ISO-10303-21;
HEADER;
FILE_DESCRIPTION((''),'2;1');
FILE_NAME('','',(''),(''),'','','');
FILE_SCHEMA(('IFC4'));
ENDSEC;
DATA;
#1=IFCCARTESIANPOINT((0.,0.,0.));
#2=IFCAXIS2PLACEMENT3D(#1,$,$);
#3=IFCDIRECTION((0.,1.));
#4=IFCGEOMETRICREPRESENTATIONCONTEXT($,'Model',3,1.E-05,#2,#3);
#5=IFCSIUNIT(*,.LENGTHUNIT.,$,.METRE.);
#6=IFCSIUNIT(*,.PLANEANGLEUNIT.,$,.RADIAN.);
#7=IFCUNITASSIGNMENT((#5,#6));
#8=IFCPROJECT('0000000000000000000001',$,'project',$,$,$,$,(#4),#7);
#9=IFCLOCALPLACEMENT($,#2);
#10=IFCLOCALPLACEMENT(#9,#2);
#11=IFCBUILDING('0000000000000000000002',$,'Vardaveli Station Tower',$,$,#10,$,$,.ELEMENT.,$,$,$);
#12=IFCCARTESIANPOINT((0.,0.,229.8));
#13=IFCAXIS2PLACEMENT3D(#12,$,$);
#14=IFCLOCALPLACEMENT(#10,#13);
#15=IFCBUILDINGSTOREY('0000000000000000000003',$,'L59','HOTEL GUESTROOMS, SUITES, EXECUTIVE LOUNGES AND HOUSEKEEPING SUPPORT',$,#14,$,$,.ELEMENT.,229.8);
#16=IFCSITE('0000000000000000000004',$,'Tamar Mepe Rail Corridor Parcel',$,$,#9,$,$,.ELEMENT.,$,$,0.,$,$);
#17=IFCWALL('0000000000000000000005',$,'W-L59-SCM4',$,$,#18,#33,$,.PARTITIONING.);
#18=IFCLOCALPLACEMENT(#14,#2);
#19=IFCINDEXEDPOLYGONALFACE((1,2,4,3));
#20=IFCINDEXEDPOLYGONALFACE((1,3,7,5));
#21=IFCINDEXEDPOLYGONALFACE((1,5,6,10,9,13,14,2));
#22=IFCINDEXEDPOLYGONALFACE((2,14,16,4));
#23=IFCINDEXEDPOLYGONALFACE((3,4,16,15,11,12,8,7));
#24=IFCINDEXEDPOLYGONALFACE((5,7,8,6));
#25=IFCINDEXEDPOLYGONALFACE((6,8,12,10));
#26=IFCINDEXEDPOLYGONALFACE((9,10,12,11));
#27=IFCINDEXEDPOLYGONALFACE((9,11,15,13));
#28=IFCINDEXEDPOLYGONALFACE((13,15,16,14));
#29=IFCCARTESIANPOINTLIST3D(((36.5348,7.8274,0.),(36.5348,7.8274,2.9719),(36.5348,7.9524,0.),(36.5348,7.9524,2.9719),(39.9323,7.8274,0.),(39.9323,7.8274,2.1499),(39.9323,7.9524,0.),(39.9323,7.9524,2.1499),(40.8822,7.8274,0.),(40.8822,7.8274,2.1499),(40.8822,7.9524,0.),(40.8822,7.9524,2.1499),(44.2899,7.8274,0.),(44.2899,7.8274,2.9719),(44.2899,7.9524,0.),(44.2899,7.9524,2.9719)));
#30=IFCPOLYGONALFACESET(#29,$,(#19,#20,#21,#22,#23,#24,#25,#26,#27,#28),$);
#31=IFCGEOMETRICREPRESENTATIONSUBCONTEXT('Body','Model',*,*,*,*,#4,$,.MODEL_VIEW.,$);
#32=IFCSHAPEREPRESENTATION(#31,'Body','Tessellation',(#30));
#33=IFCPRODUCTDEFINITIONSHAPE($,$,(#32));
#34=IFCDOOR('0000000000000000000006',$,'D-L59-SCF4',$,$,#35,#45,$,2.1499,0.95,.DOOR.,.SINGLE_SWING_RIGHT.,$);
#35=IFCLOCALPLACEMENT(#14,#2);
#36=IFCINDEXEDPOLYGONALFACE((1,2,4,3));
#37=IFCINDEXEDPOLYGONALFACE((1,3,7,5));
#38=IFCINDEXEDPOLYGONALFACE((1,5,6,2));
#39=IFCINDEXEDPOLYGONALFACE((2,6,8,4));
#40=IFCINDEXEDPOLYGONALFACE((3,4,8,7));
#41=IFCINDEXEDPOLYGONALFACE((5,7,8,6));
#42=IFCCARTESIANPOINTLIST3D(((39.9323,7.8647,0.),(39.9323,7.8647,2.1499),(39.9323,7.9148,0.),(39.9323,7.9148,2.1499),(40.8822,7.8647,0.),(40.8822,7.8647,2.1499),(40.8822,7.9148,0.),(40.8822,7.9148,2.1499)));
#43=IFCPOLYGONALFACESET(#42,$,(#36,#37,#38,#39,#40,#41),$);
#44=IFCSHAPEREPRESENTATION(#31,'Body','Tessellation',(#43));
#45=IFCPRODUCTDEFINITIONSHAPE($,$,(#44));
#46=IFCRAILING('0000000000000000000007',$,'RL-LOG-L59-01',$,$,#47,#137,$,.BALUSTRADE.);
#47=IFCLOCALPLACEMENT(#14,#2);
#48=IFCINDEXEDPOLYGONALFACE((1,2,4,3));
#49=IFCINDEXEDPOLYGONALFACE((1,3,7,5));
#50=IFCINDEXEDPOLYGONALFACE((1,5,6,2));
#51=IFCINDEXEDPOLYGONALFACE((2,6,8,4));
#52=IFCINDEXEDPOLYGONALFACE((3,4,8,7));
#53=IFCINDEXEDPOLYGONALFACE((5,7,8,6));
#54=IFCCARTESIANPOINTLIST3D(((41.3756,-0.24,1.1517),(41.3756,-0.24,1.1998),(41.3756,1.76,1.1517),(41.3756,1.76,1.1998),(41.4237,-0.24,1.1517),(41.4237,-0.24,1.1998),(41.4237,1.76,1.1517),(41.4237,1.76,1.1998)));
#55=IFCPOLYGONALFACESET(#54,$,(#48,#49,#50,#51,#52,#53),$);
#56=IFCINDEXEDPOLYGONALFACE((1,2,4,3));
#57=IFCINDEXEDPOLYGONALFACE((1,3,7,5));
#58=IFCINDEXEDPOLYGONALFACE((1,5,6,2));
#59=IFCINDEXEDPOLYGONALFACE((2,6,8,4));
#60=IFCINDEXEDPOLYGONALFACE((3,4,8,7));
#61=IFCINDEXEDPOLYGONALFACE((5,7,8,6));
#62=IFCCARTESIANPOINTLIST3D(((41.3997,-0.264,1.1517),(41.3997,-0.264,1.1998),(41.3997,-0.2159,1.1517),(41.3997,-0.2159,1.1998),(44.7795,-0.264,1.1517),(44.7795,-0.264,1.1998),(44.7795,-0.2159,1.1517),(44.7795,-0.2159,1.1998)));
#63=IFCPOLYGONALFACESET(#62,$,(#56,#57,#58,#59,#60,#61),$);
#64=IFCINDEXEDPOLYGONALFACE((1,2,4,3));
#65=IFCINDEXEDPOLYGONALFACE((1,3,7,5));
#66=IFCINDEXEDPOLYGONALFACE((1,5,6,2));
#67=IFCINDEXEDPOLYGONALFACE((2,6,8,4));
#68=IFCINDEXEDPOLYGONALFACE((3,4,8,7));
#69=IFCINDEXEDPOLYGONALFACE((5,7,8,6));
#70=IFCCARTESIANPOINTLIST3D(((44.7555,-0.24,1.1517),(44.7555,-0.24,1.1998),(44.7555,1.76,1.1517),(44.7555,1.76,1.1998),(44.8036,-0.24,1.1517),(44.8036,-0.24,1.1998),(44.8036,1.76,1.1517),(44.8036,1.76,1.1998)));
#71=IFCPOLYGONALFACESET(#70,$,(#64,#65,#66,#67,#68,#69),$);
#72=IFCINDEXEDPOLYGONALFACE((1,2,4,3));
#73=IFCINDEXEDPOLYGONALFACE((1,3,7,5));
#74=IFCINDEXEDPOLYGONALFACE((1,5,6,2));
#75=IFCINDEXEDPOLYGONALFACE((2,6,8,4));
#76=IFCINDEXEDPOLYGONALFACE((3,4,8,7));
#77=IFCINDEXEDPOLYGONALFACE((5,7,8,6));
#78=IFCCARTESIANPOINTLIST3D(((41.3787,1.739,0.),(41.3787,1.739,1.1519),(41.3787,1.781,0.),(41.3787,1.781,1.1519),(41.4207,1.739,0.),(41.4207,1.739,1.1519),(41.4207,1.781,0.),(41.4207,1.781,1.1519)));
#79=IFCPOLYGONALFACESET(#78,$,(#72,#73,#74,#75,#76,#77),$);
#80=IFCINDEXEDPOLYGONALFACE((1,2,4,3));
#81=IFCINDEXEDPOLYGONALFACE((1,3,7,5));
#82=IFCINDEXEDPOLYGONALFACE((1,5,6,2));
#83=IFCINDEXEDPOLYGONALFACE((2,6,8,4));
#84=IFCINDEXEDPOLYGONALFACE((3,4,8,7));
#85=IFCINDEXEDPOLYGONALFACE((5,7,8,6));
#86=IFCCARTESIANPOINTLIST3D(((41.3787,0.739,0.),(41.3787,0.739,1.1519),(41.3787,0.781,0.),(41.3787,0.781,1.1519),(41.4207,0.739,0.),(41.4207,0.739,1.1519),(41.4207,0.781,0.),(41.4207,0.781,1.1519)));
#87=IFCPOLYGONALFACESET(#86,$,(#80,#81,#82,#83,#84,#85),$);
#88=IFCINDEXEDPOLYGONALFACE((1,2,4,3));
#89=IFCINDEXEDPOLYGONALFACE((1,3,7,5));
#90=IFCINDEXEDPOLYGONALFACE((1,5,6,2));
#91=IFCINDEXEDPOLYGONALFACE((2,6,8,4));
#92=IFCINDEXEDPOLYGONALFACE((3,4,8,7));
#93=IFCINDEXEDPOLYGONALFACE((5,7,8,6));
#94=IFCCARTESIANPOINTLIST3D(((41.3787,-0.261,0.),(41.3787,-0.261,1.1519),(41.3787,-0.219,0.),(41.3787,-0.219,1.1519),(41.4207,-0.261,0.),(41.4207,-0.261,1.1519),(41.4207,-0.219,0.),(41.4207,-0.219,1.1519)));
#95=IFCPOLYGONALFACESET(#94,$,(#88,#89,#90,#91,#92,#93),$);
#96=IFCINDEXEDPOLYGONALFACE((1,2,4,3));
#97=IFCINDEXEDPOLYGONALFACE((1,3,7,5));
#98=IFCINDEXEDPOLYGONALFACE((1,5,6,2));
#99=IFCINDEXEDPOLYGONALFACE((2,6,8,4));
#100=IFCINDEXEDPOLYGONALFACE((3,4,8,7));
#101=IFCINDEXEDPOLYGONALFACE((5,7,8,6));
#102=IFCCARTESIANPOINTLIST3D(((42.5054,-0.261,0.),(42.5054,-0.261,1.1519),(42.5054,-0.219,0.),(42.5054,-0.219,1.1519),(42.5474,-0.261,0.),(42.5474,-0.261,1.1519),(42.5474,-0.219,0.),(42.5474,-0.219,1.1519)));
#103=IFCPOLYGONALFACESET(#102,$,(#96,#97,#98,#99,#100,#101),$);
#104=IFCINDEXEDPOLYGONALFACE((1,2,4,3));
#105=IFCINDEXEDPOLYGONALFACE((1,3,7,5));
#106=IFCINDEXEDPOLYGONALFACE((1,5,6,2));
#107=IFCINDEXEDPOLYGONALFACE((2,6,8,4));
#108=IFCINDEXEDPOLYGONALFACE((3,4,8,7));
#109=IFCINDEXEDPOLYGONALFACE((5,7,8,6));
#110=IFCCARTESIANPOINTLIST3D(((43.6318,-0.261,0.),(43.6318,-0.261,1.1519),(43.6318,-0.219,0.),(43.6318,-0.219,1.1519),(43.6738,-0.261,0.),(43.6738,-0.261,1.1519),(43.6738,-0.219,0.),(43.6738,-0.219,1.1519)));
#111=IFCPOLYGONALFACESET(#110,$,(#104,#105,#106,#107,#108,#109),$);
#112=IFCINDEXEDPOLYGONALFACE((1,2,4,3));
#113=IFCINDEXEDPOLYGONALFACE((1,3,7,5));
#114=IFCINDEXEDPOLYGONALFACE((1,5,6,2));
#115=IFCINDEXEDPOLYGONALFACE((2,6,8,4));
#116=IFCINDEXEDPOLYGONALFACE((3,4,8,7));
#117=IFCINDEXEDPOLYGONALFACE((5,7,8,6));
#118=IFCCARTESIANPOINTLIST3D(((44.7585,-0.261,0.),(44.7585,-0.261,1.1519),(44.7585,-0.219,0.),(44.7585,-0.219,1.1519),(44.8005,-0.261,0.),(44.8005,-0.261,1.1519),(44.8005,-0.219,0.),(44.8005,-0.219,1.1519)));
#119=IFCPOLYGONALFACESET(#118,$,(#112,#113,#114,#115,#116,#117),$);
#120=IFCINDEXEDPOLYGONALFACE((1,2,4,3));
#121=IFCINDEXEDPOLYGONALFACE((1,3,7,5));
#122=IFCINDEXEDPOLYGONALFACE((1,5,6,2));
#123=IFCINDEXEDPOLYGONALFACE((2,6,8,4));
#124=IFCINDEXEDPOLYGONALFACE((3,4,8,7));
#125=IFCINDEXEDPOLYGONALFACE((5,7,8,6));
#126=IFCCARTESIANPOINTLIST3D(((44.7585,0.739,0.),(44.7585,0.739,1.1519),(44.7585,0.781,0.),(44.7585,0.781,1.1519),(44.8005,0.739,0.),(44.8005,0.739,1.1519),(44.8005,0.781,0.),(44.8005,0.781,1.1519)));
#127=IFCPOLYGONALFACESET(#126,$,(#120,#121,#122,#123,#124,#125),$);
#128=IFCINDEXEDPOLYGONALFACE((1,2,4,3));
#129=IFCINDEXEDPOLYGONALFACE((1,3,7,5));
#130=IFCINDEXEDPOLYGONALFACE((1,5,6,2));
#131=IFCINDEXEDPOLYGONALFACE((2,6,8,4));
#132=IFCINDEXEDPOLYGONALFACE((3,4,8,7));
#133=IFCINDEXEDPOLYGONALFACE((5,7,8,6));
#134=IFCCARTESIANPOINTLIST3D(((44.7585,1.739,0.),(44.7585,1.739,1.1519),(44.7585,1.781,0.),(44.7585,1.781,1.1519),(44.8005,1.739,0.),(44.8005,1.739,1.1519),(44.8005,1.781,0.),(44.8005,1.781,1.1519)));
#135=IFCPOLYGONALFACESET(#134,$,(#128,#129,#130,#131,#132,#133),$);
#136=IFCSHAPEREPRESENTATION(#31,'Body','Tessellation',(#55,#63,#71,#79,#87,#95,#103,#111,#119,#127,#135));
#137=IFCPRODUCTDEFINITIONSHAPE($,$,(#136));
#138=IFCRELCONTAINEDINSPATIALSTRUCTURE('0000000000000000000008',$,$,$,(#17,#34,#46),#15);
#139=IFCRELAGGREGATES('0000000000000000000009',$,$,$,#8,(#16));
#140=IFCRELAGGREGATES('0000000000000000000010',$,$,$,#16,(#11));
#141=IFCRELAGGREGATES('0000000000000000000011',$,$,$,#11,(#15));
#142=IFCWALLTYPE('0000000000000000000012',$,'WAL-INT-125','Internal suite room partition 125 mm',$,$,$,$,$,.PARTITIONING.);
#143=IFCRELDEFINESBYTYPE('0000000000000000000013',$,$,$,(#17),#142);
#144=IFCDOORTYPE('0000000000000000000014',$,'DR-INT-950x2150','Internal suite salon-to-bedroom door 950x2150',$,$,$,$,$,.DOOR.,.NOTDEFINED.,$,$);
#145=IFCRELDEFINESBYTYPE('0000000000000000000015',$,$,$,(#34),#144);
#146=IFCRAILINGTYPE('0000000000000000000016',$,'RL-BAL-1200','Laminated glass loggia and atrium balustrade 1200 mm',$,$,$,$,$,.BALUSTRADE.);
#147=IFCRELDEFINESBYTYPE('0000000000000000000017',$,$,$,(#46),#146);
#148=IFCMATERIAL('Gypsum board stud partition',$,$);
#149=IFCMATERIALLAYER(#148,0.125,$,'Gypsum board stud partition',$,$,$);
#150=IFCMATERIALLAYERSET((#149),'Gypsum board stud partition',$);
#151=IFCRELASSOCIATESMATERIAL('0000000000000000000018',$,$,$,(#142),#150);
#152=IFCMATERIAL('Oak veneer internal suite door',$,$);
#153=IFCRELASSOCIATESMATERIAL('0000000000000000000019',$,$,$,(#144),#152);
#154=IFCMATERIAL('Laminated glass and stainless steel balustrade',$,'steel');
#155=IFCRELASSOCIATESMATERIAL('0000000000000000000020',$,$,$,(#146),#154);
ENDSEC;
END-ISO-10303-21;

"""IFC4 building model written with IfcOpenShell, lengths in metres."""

from ifc_helpers import new_model, si_unit, direction, frame, frame_2d, origin, origin_2d, place, context, subcontext, project, spatial, rectangle, extrude, source, transform, mapped, material, layer, layer_set, type_object, element, fill, save


model = new_model("IFC4")

# Units and contexts
model_context = context("Model", 3, precision=1e-05, world=origin(), true_north=direction((0.0, 1.0)))
body_context = subcontext(model_context, "Body", "Model", "MODEL_VIEW")
ifc_project = project(units=[si_unit("LENGTHUNIT", "METRE"), si_unit("PLANEANGLEUNIT", "RADIAN")], contexts=[model_context])

# Site, building, storey
site_placement = place(None, origin())
site = spatial("IfcSite", under=ifc_project, at=site_placement, Name="Tamar Mepe Rail Corridor Parcel", CompositionType="ELEMENT", RefElevation=0.0)
building_placement = place(site_placement, origin())
building = spatial("IfcBuilding", under=site, at=building_placement, Name="Vardaveli Station Tower", CompositionType="ELEMENT")
storey_placement = place(building_placement, frame((0.0, 0.0, 229.8)))
storey = spatial("IfcBuildingStorey", under=building, at=storey_placement, Name="L59", Description="HOTEL GUESTROOMS, SUITES, EXECUTIVE LOUNGES AND HOUSEKEEPING SUPPORT", CompositionType="ELEMENT", Elevation=229.8)

# Wall, opening, door
ifc_material_1 = material(Name="Gypsum board stud partition")
ifc_layer_1 = layer(ifc_material_1, 0.125, Name="Gypsum board stud partition")
ifc_layer_set_1 = layer_set([ifc_layer_1], Name="Gypsum board stud partition")
wall_type_1 = type_object("IfcWallType", Name="WAL-INT-125", Description="Internal suite room partition 125 mm", PredefinedType="PARTITIONING", material=ifc_layer_set_1)
shared_shape_1 = source(origin(), body_context, "Body", "SweptSolid", [
    extrude(rectangle(XDim=7.7551, YDim=0.125, at=frame_2d((3.8774, 0.0))), origin(), (0.0, 0.0, 1.0), 2.9719),
])
wall_1_placement = place(storey_placement, frame((36.5349, 7.8899, 0.0), z_axis=(0.0, 0.0, 1.0), x_axis=(1.0, 0.0, 0.0)))
wall_1 = element("IfcWall", 1, at=wall_1_placement, inside=storey, type_object=wall_type_1, Name="W-L59-SCM4", PredefinedType="PARTITIONING", context=body_context, shape_type="MappedRepresentation", body=[
    mapped(shared_shape_1, transform((0.0, 0.0, 0.0), scale=1.0)),
])
shared_shape_2 = source(origin(), body_context, "Body", "SweptSolid", [
    extrude(rectangle(XDim=0.95, YDim=2.1499, at=frame_2d((0.4751, 1.075))), frame((0.0, 0.0725, 0.0), z_axis=(0.0, -1.0, 0.0), x_axis=(1.0, 0.0, 0.0)), (0.0, 0.0, 1.0), 0.145),
])
opening_1_placement = place(wall_1_placement, frame((3.3972, 0.0, 0.0)))
opening_1 = element("IfcOpeningElement", 2, at=opening_1_placement, cuts=wall_1, PredefinedType="OPENING", context=body_context, shape_type="MappedRepresentation", body=[
    mapped(shared_shape_2, transform((0.0, 0.0, 0.0), scale=1.0)),
])
ifc_material_2 = material(Name="Oak veneer internal suite door")
door_type_1 = type_object("IfcDoorType", Name="DR-INT-950x2150", Description="Internal suite salon-to-bedroom door 950x2150", OperationType="NOTDEFINED", PredefinedType="DOOR", material=ifc_material_2)
shared_shape_3 = source(origin(), body_context, "Body", "SweptSolid", [
    extrude(rectangle(XDim=0.95, YDim=2.1499, at=frame_2d((0.4751, 1.075))), frame((0.0, 0.0249, 0.0), z_axis=(0.0, -1.0, 0.0), x_axis=(1.0, 0.0, 0.0)), (0.0, 0.0, 1.0), 0.05),
])
door_1_placement = place(opening_1_placement, origin())
door_1 = element("IfcDoor", 3, at=door_1_placement, inside=storey, type_object=door_type_1, Name="D-L59-SCF4", OperationType="SINGLE_SWING_RIGHT", OverallHeight=2.1499, OverallWidth=0.95, PredefinedType="DOOR", context=body_context, shape_type="MappedRepresentation", body=[
    mapped(shared_shape_3, transform((0.0, 0.0, 0.0), scale=1.0)),
])
fill(opening_1, door_1)

# Railing
ifc_material_3 = material(Name="Laminated glass and stainless steel balustrade", Category="steel")
railing_type = type_object("IfcRailingType", Name="RL-BAL-1200", Description="Laminated glass loggia and atrium balustrade 1200 mm", PredefinedType="BALUSTRADE", material=ifc_material_3)
shared_shape_4 = source(origin(), body_context, "Body", "SweptSolid", [
    extrude(rectangle(XDim=0.0481, YDim=0.0481, at=origin_2d()), frame((0.0, 0.0, 1.1758), z_axis=(0.0, -1.0, 0.0), x_axis=(1.0, 0.0, 0.0)), (0.0, 0.0, 1.0), 2.0),
    extrude(rectangle(XDim=0.0481, YDim=0.0481, at=origin_2d()), frame((0.0, -2.0, 1.1758), z_axis=(1.0, 0.0, 0.0), x_axis=(0.0, 1.0, 0.0)), (0.0, 0.0, 1.0), 3.3799),
    extrude(rectangle(XDim=0.0481, YDim=0.0481, at=origin_2d()), frame((3.3799, -2.0, 1.1758), z_axis=(0.0, 1.0, 0.0), x_axis=(-1.0, 0.0, 0.0)), (0.0, 0.0, 1.0), 2.0),
    extrude(rectangle(XDim=0.042, YDim=0.042, at=origin_2d()), origin(), (0.0, 0.0, 1.0), 1.1519),
    extrude(rectangle(XDim=0.042, YDim=0.042, at=origin_2d()), frame((0.0, -1.0, 0.0)), (0.0, 0.0, 1.0), 1.1519),
    extrude(rectangle(XDim=0.042, YDim=0.042, at=origin_2d()), frame((0.0, -2.0, 0.0)), (0.0, 0.0, 1.0), 1.1519),
    extrude(rectangle(XDim=0.042, YDim=0.042, at=origin_2d()), frame((1.1267, -2.0, 0.0)), (0.0, 0.0, 1.0), 1.1519),
    extrude(rectangle(XDim=0.042, YDim=0.042, at=origin_2d()), frame((2.2532, -2.0, 0.0)), (0.0, 0.0, 1.0), 1.1519),
    extrude(rectangle(XDim=0.042, YDim=0.042, at=origin_2d()), frame((3.3799, -2.0, 0.0)), (0.0, 0.0, 1.0), 1.1519),
    extrude(rectangle(XDim=0.042, YDim=0.042, at=origin_2d()), frame((3.3799, -1.0, 0.0)), (0.0, 0.0, 1.0), 1.1519),
    extrude(rectangle(XDim=0.042, YDim=0.042, at=origin_2d()), frame((3.3799, 0.0, 0.0)), (0.0, 0.0, 1.0), 1.1519),
])
railing_placement = place(storey_placement, frame((41.3997, 1.76, 0.0)))
element("IfcRailing", 4, at=railing_placement, inside=storey, type_object=railing_type, Name="RL-LOG-L59-01", PredefinedType="BALUSTRADE", context=body_context, shape_type="MappedRepresentation", body=[
    mapped(shared_shape_4, transform((0.0, 0.0, 0.0), scale=1.0)),
])

save(model, "model.ifc")
